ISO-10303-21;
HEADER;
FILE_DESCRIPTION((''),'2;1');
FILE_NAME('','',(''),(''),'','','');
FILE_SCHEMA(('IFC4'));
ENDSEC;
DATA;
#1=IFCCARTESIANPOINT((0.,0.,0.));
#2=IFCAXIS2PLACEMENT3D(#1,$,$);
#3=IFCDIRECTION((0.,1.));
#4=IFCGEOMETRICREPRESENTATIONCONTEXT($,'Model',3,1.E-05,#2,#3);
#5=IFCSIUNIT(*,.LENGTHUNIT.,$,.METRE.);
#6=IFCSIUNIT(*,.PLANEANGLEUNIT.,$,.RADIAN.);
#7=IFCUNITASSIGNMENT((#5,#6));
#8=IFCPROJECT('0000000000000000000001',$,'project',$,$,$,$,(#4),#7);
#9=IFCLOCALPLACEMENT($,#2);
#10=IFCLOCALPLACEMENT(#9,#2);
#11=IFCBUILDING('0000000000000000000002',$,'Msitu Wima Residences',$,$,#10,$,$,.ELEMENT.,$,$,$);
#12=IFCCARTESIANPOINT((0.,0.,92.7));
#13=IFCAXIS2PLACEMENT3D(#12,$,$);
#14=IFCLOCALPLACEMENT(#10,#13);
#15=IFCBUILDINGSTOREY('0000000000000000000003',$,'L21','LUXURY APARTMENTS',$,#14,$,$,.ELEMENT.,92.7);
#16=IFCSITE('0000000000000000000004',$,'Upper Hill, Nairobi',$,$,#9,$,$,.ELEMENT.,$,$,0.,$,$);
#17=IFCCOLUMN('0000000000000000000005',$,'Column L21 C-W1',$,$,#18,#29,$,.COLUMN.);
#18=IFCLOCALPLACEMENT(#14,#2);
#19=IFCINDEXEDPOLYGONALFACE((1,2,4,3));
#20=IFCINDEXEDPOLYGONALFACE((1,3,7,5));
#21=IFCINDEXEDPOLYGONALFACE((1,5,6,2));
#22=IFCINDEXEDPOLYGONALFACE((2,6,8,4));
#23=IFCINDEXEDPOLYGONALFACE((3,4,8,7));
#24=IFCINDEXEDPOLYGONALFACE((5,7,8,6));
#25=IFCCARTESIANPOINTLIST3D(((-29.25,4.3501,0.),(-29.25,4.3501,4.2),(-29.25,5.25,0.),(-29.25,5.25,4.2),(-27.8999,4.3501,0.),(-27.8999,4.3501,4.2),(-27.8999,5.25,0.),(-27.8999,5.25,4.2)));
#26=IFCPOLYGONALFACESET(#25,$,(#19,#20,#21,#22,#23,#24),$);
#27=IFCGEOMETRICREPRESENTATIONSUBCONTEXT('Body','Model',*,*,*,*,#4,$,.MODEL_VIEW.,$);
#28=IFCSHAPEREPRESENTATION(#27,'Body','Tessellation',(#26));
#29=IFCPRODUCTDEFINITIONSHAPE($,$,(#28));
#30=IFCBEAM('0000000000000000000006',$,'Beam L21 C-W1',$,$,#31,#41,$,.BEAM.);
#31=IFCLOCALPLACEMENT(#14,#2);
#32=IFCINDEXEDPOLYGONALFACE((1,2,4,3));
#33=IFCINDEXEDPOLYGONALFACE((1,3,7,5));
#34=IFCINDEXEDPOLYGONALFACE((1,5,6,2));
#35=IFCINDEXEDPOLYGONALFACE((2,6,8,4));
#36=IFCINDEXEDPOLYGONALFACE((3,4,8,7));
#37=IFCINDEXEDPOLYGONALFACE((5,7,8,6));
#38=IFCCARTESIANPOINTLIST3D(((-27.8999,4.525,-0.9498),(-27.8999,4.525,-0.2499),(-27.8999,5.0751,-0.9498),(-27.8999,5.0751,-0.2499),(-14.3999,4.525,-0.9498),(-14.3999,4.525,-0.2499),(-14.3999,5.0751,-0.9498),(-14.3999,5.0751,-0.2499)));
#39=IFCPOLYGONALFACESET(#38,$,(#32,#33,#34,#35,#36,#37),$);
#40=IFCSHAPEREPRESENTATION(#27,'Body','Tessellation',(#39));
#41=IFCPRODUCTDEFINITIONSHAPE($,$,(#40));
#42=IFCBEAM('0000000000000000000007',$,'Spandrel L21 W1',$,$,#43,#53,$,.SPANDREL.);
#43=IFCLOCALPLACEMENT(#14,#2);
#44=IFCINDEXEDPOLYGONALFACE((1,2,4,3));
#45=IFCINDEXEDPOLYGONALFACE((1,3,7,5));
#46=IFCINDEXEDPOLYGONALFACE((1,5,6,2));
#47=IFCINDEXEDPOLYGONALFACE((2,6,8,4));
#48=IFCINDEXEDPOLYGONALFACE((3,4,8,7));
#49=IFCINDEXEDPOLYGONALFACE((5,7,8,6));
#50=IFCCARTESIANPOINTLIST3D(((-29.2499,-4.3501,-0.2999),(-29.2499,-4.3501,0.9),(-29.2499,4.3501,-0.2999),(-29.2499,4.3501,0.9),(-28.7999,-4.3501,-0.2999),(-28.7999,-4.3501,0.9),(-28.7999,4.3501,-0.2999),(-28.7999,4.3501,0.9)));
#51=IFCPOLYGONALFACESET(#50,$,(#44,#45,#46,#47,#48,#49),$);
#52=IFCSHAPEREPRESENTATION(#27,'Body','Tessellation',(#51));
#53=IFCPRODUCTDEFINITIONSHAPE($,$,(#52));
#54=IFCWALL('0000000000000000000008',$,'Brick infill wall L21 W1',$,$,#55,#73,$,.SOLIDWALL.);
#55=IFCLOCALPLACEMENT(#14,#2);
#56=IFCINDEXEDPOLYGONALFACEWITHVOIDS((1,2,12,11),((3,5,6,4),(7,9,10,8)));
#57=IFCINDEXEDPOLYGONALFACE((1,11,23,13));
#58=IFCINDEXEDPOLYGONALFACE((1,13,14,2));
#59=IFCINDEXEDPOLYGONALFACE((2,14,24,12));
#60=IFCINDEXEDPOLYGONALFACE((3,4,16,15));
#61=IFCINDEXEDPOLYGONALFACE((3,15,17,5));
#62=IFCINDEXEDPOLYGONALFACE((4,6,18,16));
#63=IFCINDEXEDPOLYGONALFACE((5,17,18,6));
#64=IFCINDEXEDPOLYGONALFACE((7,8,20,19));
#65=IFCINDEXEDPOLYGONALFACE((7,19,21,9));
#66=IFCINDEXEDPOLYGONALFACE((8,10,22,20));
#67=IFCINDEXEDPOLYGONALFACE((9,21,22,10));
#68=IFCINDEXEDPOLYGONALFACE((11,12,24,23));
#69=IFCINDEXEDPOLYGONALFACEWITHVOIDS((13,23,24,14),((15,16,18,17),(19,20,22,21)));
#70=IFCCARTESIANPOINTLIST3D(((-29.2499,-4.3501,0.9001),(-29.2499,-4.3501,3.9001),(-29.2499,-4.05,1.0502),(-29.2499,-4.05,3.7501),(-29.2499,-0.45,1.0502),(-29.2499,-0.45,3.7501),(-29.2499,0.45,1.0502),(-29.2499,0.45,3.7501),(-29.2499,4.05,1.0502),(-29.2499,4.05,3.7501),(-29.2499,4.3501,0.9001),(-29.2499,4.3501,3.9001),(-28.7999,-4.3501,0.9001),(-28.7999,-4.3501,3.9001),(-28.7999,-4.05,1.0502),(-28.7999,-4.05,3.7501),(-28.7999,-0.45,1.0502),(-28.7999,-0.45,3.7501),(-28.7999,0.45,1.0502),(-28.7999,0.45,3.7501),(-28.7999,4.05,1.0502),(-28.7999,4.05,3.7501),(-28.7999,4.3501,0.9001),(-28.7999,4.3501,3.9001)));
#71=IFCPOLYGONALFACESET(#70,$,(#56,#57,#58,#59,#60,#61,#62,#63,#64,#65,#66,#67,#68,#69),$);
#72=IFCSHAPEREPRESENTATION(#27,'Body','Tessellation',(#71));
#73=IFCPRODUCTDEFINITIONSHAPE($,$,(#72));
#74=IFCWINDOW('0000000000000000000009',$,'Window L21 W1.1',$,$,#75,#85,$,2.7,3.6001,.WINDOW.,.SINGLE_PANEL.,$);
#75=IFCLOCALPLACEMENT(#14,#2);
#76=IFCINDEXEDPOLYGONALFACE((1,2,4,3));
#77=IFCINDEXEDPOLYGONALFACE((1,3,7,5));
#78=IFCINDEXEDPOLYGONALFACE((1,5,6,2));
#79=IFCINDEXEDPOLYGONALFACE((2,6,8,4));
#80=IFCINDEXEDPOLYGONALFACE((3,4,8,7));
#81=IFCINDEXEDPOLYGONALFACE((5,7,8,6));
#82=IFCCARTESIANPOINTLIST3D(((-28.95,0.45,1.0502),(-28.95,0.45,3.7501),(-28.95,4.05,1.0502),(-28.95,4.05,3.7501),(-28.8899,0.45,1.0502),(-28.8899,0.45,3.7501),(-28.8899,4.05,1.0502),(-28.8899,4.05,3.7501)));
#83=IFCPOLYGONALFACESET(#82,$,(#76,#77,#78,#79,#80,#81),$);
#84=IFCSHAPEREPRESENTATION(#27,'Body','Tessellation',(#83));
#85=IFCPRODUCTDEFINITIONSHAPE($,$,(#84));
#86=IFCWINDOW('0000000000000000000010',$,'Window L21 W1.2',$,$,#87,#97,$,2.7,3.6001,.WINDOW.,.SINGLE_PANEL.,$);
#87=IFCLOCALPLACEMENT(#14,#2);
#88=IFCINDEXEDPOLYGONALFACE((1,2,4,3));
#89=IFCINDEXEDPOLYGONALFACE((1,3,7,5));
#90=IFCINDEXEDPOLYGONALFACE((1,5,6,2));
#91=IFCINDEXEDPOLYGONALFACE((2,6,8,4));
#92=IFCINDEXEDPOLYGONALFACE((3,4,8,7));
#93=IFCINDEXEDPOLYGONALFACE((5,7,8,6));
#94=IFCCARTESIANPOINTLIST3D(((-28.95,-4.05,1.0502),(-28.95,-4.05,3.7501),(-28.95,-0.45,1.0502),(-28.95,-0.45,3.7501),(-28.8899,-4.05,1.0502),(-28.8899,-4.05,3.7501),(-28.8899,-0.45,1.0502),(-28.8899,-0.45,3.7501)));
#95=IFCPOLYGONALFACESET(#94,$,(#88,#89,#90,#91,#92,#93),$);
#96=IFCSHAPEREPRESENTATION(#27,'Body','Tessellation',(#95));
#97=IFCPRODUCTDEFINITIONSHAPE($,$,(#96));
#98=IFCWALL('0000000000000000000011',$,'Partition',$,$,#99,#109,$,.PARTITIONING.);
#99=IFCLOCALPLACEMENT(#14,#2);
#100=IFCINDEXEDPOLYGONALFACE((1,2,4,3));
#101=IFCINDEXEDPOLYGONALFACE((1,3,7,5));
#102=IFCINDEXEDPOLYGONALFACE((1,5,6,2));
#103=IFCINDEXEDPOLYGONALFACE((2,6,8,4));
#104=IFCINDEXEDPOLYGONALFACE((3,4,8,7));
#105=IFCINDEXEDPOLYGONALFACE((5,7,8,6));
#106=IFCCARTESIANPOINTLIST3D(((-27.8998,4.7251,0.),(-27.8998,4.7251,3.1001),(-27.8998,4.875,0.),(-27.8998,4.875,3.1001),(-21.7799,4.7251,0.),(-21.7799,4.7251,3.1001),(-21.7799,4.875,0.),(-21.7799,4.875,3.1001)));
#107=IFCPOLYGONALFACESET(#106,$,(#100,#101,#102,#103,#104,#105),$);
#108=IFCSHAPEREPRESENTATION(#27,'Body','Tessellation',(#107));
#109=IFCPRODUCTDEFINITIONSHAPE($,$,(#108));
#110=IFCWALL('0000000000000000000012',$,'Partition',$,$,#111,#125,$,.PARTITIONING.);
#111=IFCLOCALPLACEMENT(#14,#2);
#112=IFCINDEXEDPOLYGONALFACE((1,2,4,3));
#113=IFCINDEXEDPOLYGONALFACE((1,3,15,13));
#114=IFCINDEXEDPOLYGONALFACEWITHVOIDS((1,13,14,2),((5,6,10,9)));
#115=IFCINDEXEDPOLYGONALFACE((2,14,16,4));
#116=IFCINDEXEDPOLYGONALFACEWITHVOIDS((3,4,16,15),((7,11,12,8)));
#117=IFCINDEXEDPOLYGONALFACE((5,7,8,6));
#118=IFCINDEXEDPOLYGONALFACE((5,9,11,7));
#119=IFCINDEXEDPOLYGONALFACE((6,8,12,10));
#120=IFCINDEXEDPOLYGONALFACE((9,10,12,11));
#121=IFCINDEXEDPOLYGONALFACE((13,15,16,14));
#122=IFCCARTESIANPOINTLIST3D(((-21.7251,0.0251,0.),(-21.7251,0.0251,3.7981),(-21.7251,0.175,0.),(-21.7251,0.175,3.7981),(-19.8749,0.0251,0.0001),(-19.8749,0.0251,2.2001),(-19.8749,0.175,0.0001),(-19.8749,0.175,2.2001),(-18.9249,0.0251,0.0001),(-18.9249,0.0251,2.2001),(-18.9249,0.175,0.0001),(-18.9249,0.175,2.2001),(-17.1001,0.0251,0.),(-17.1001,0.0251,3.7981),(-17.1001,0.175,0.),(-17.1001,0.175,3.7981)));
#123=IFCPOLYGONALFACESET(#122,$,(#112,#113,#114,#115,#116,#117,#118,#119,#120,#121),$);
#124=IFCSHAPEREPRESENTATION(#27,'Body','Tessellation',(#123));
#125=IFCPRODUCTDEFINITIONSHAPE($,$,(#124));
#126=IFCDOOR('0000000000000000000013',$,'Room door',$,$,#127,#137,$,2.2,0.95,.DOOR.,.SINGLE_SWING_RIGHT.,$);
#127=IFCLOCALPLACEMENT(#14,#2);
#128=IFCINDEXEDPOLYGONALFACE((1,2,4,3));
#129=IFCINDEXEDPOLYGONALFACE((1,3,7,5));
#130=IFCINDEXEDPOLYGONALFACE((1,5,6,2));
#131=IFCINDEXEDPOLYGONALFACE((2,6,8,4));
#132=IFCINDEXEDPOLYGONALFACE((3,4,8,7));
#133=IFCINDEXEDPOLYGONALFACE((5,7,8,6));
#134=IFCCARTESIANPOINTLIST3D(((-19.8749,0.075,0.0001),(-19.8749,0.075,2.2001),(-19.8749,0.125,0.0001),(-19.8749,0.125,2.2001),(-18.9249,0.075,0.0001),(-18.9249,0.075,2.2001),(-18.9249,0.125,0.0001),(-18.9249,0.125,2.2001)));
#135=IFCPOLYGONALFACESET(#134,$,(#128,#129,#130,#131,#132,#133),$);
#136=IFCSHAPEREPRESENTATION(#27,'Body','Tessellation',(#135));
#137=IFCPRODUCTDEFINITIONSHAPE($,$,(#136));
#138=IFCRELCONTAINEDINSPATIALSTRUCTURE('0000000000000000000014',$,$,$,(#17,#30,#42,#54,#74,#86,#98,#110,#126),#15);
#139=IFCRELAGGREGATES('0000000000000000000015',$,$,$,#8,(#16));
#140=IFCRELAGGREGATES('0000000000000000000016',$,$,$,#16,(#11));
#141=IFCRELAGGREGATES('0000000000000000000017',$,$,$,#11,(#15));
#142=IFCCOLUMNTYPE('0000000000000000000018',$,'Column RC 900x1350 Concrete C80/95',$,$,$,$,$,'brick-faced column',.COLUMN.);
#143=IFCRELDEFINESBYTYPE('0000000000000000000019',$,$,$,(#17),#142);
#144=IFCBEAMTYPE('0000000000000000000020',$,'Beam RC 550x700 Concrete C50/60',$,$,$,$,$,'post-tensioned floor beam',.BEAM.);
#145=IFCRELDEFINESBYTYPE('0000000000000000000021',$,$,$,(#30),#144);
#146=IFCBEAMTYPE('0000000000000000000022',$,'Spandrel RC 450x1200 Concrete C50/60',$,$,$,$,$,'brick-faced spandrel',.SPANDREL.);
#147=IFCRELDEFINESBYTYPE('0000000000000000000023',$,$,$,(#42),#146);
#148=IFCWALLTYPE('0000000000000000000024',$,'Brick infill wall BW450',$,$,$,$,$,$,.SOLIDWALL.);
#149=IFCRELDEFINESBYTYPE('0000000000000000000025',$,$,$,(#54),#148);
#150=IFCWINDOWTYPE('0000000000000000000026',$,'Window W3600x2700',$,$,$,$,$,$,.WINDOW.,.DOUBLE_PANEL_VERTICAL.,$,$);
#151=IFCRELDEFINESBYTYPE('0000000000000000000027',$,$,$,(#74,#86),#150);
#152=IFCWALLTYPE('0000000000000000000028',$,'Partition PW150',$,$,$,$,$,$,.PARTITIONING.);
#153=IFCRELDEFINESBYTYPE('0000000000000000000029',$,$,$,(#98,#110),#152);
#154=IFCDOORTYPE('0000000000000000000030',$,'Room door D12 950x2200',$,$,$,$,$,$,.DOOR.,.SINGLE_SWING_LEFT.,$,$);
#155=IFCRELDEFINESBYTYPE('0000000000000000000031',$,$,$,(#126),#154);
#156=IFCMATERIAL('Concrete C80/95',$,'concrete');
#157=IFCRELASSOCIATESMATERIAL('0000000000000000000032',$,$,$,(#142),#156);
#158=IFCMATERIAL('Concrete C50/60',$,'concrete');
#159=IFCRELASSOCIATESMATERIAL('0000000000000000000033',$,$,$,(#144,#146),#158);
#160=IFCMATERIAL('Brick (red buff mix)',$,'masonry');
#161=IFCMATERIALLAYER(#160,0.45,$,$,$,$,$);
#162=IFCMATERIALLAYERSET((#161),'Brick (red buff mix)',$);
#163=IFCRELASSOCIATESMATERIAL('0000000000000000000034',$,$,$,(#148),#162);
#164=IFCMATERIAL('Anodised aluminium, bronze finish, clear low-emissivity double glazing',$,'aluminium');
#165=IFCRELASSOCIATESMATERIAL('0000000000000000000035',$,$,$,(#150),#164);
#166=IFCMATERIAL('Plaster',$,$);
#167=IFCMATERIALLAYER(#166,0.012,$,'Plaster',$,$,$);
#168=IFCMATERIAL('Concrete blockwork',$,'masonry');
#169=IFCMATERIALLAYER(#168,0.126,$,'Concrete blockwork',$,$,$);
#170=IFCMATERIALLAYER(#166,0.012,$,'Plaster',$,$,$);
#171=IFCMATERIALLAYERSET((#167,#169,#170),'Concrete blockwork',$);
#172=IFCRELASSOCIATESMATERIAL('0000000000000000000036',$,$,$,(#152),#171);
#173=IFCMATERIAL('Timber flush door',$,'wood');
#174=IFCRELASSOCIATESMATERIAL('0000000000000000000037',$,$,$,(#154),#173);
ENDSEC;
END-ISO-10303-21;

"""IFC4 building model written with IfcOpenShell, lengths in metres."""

from ifc_helpers import new_model, si_unit, direction, frame, frame_2d, origin, origin_2d, place, context, subcontext, project, spatial, rectangle, extrude, material, layer, layer_set, material_profile, profile_set, type_object, element, fill, save


model = new_model("IFC4")

# Units and contexts
model_context = context("Model", 3, precision=1e-05, world=origin(), true_north=direction((0.0, 1.0)))
body_context = subcontext(model_context, "Body", "Model", "MODEL_VIEW")
ifc_project = project(units=[si_unit("LENGTHUNIT", "METRE"), si_unit("PLANEANGLEUNIT", "RADIAN")], contexts=[model_context])

# Site, building, storey
site_placement = place(None, origin())
site = spatial("IfcSite", under=ifc_project, at=site_placement, Name="Upper Hill, Nairobi", CompositionType="ELEMENT", RefElevation=0.0)
building_placement = place(site_placement, origin())
building = spatial("IfcBuilding", under=site, at=building_placement, Name="Msitu Wima Residences", CompositionType="ELEMENT")
storey_placement = place(building_placement, frame((0.0, 0.0, 92.7)))
storey = spatial("IfcBuildingStorey", under=building, at=storey_placement, Name="L21", Description="LUXURY APARTMENTS", CompositionType="ELEMENT", Elevation=92.7)

# Column
ifc_material_1 = material(Name="Concrete C80/95", Category="concrete")
ifc_material_profile_1 = material_profile(ifc_material_1, rectangle(XDim=0.8999, YDim=1.3501, at=origin_2d()), Name="RC 900x1350")
ifc_profile_set_1 = profile_set([ifc_material_profile_1], Name="Concrete C80/95")
column_type = type_object("IfcColumnType", Name="Column RC 900x1350 Concrete C80/95", ElementType="brick-faced column", PredefinedType="COLUMN", material=ifc_profile_set_1)
column_placement = place(storey_placement, frame((-28.575, 4.8, 0.0), z_axis=(0.0, 0.0, 1.0), x_axis=(0.0, -1.0, 0.0)))
element("IfcColumn", 1, at=column_placement, inside=storey, type_object=column_type, Name="Column L21 C-W1", PredefinedType="COLUMN", context=body_context, shape_type="SweptSolid", body=[
    extrude(rectangle(XDim=0.8999, YDim=1.3501, at=origin_2d()), origin(), (0.0, 0.0, 1.0), 4.2),
])

# Beams
ifc_material_2 = material(Name="Concrete C50/60", Category="concrete")
ifc_material_profile_2 = material_profile(ifc_material_2, rectangle(XDim=0.55, YDim=0.7, at=origin_2d()), Name="RC 550x700")
ifc_profile_set_2 = profile_set([ifc_material_profile_2], Name="Concrete C50/60")
beam_type_1 = type_object("IfcBeamType", Name="Beam RC 550x700 Concrete C50/60", ElementType="post-tensioned floor beam", PredefinedType="BEAM", material=ifc_profile_set_2)
beam_1_placement = place(storey_placement, frame((-27.8999, 4.8, -0.5999), z_axis=(1.0, 0.0, 0.0), x_axis=(0.0, 1.0, 0.0)))
element("IfcBeam", 2, at=beam_1_placement, inside=storey, type_object=beam_type_1, Name="Beam L21 C-W1", PredefinedType="BEAM", context=body_context, shape_type="SweptSolid", body=[
    extrude(rectangle(XDim=0.55, YDim=0.7, at=origin_2d()), origin(), (0.0, 0.0, 1.0), 13.5),
])
ifc_material_profile_3 = material_profile(ifc_material_2, rectangle(XDim=0.45, YDim=1.2, at=origin_2d()), Name="RC 450x1200")
ifc_profile_set_3 = profile_set([ifc_material_profile_3], Name="Concrete C50/60")
beam_type_2 = type_object("IfcBeamType", Name="Spandrel RC 450x1200 Concrete C50/60", ElementType="brick-faced spandrel", PredefinedType="SPANDREL", material=ifc_profile_set_3)
beam_2_placement = place(storey_placement, frame((-29.0249, 4.3501, 0.3), z_axis=(0.0, -1.0, 0.0), x_axis=(1.0, 0.0, 0.0)))
element("IfcBeam", 3, at=beam_2_placement, inside=storey, type_object=beam_type_2, Name="Spandrel L21 W1", PredefinedType="SPANDREL", context=body_context, shape_type="SweptSolid", body=[
    extrude(rectangle(XDim=0.45, YDim=1.2, at=origin_2d()), origin(), (0.0, 0.0, 1.0), 8.7002),
])

# Wall, openings, windows
ifc_material_3 = material(Name="Brick (red buff mix)", Category="masonry")
ifc_layer_1 = layer(ifc_material_3, 0.45)
ifc_layer_set_1 = layer_set([ifc_layer_1], Name="Brick (red buff mix)")
wall_type_1 = type_object("IfcWallType", Name="Brick infill wall BW450", PredefinedType="SOLIDWALL", material=ifc_layer_set_1)
wall_1_placement = place(storey_placement, frame((-29.0249, 4.3501, 0.9001), z_axis=(0.0, 0.0, 1.0), x_axis=(0.0, -1.0, 0.0)))
wall_1 = element("IfcWall", 4, at=wall_1_placement, inside=storey, type_object=wall_type_1, Name="Brick infill wall L21 W1", PredefinedType="SOLIDWALL", context=body_context, shape_type="SweptSolid", body=[
    extrude(rectangle(XDim=8.7002, YDim=0.45, at=frame_2d((4.3501, 0.0))), origin(), (0.0, 0.0, 1.0), 3.0),
])
opening_1_placement = place(wall_1_placement, frame((0.3, 0.0, 0.1499)))
opening_1 = element("IfcOpeningElement", 5, at=opening_1_placement, cuts=wall_1, PredefinedType="OPENING", context=body_context, shape_type="SweptSolid", body=[
    extrude(rectangle(XDim=3.6001, YDim=2.7, at=frame_2d((1.8, 1.3501))), frame((0.0, 0.2349, 0.0), z_axis=(0.0, -1.0, 0.0), x_axis=(1.0, 0.0, 0.0)), (0.0, 0.0, 1.0), 0.47),
])
opening_2_placement = place(wall_1_placement, frame((4.8, 0.0, 0.1499)))
opening_2 = element("IfcOpeningElement", 6, at=opening_2_placement, cuts=wall_1, PredefinedType="OPENING", context=body_context, shape_type="SweptSolid", body=[
    extrude(rectangle(XDim=3.6001, YDim=2.7, at=frame_2d((1.8, 1.3501))), frame((0.0, 0.2349, 0.0), z_axis=(0.0, -1.0, 0.0), x_axis=(1.0, 0.0, 0.0)), (0.0, 0.0, 1.0), 0.47),
])
ifc_material_4 = material(Name="Anodised aluminium, bronze finish, clear low-emissivity double glazing", Category="aluminium")
window_type = type_object("IfcWindowType", Name="Window W3600x2700", PartitioningType="DOUBLE_PANEL_VERTICAL", PredefinedType="WINDOW", material=ifc_material_4)
window_1_placement = place(opening_1_placement, origin())
window_1 = element("IfcWindow", 7, at=window_1_placement, inside=storey, type_object=window_type, Name="Window L21 W1.1", OverallHeight=2.7, OverallWidth=3.6001, PartitioningType="SINGLE_PANEL", PredefinedType="WINDOW", context=body_context, shape_type="SweptSolid", body=[
    extrude(rectangle(XDim=3.6001, YDim=2.7, at=frame_2d((1.8, 1.3501))), frame((0.0, 0.135, 0.0), z_axis=(0.0, -1.0, 0.0), x_axis=(1.0, 0.0, 0.0)), (0.0, 0.0, 1.0), 0.0601),
])
fill(opening_1, window_1)
window_2_placement = place(opening_2_placement, origin())
window_2 = element("IfcWindow", 8, at=window_2_placement, inside=storey, type_object=window_type, Name="Window L21 W1.2", OverallHeight=2.7, OverallWidth=3.6001, PartitioningType="SINGLE_PANEL", PredefinedType="WINDOW", context=body_context, shape_type="SweptSolid", body=[
    extrude(rectangle(XDim=3.6001, YDim=2.7, at=frame_2d((1.8, 1.3501))), frame((0.0, 0.135, 0.0), z_axis=(0.0, -1.0, 0.0), x_axis=(1.0, 0.0, 0.0)), (0.0, 0.0, 1.0), 0.0601),
])
fill(opening_2, window_2)

# Wall
ifc_material_5 = material(Name="Plaster")
ifc_layer_2 = layer(ifc_material_5, 0.012, Name="Plaster")
ifc_material_6 = material(Name="Concrete blockwork", Category="masonry")
ifc_layer_3 = layer(ifc_material_6, 0.126, Name="Concrete blockwork")
ifc_layer_4 = layer(ifc_material_5, 0.012, Name="Plaster")
ifc_layer_set_2 = layer_set([ifc_layer_2, ifc_layer_3, ifc_layer_4], Name="Concrete blockwork")
wall_type_2 = type_object("IfcWallType", Name="Partition PW150", PredefinedType="PARTITIONING", material=ifc_layer_set_2)
wall_2_placement = place(storey_placement, frame((-27.8999, 4.8, 0.0), z_axis=(0.0, 0.0, 1.0), x_axis=(1.0, 0.0, 0.0)))
element("IfcWall", 9, at=wall_2_placement, inside=storey, type_object=wall_type_2, Name="Partition", PredefinedType="PARTITIONING", context=body_context, shape_type="SweptSolid", body=[
    extrude(rectangle(XDim=6.1199, YDim=0.1499, at=frame_2d((3.0601, 0.0))), origin(), (0.0, 0.0, 1.0), 3.1001),
])

# Wall, opening, door
wall_3_placement = place(storey_placement, frame((-21.7251, 0.1001, 0.0), z_axis=(0.0, 0.0, 1.0), x_axis=(1.0, 0.0, 0.0)))
wall_3 = element("IfcWall", 10, at=wall_3_placement, inside=storey, type_object=wall_type_2, Name="Partition", PredefinedType="PARTITIONING", context=body_context, shape_type="SweptSolid", body=[
    extrude(rectangle(XDim=4.625, YDim=0.1499, at=frame_2d((2.3125, 0.0))), origin(), (0.0, 0.0, 1.0), 3.7981),
])
opening_3_placement = place(wall_3_placement, frame((1.8501, 0.0, 0.0)))
opening_3 = element("IfcOpeningElement", 11, at=opening_3_placement, cuts=wall_3, PredefinedType="OPENING", context=body_context, shape_type="SweptSolid", body=[
    extrude(rectangle(XDim=0.95, YDim=2.2, at=frame_2d((0.4751, 1.1001))), frame((0.0, 0.085, 0.0), z_axis=(0.0, -1.0, 0.0), x_axis=(1.0, 0.0, 0.0)), (0.0, 0.0, 1.0), 0.1699),
])
ifc_material_7 = material(Name="Timber flush door", Category="wood")
door_type_1 = type_object("IfcDoorType", Name="Room door D12 950x2200", OperationType="SINGLE_SWING_LEFT", PredefinedType="DOOR", material=ifc_material_7)
door_1_placement = place(opening_3_placement, origin())
door_1 = element("IfcDoor", 12, at=door_1_placement, inside=storey, type_object=door_type_1, Name="Room door", OperationType="SINGLE_SWING_RIGHT", OverallHeight=2.2, OverallWidth=0.95, PredefinedType="DOOR", context=body_context, shape_type="SweptSolid", body=[
    extrude(rectangle(XDim=0.95, YDim=2.2, at=frame_2d((0.4751, 1.1001))), frame((0.0, 0.0249, 0.0), z_axis=(0.0, -1.0, 0.0), x_axis=(1.0, 0.0, 0.0)), (0.0, 0.0, 1.0), 0.05),
])
fill(opening_3, door_1)

save(model, "model.ifc")
